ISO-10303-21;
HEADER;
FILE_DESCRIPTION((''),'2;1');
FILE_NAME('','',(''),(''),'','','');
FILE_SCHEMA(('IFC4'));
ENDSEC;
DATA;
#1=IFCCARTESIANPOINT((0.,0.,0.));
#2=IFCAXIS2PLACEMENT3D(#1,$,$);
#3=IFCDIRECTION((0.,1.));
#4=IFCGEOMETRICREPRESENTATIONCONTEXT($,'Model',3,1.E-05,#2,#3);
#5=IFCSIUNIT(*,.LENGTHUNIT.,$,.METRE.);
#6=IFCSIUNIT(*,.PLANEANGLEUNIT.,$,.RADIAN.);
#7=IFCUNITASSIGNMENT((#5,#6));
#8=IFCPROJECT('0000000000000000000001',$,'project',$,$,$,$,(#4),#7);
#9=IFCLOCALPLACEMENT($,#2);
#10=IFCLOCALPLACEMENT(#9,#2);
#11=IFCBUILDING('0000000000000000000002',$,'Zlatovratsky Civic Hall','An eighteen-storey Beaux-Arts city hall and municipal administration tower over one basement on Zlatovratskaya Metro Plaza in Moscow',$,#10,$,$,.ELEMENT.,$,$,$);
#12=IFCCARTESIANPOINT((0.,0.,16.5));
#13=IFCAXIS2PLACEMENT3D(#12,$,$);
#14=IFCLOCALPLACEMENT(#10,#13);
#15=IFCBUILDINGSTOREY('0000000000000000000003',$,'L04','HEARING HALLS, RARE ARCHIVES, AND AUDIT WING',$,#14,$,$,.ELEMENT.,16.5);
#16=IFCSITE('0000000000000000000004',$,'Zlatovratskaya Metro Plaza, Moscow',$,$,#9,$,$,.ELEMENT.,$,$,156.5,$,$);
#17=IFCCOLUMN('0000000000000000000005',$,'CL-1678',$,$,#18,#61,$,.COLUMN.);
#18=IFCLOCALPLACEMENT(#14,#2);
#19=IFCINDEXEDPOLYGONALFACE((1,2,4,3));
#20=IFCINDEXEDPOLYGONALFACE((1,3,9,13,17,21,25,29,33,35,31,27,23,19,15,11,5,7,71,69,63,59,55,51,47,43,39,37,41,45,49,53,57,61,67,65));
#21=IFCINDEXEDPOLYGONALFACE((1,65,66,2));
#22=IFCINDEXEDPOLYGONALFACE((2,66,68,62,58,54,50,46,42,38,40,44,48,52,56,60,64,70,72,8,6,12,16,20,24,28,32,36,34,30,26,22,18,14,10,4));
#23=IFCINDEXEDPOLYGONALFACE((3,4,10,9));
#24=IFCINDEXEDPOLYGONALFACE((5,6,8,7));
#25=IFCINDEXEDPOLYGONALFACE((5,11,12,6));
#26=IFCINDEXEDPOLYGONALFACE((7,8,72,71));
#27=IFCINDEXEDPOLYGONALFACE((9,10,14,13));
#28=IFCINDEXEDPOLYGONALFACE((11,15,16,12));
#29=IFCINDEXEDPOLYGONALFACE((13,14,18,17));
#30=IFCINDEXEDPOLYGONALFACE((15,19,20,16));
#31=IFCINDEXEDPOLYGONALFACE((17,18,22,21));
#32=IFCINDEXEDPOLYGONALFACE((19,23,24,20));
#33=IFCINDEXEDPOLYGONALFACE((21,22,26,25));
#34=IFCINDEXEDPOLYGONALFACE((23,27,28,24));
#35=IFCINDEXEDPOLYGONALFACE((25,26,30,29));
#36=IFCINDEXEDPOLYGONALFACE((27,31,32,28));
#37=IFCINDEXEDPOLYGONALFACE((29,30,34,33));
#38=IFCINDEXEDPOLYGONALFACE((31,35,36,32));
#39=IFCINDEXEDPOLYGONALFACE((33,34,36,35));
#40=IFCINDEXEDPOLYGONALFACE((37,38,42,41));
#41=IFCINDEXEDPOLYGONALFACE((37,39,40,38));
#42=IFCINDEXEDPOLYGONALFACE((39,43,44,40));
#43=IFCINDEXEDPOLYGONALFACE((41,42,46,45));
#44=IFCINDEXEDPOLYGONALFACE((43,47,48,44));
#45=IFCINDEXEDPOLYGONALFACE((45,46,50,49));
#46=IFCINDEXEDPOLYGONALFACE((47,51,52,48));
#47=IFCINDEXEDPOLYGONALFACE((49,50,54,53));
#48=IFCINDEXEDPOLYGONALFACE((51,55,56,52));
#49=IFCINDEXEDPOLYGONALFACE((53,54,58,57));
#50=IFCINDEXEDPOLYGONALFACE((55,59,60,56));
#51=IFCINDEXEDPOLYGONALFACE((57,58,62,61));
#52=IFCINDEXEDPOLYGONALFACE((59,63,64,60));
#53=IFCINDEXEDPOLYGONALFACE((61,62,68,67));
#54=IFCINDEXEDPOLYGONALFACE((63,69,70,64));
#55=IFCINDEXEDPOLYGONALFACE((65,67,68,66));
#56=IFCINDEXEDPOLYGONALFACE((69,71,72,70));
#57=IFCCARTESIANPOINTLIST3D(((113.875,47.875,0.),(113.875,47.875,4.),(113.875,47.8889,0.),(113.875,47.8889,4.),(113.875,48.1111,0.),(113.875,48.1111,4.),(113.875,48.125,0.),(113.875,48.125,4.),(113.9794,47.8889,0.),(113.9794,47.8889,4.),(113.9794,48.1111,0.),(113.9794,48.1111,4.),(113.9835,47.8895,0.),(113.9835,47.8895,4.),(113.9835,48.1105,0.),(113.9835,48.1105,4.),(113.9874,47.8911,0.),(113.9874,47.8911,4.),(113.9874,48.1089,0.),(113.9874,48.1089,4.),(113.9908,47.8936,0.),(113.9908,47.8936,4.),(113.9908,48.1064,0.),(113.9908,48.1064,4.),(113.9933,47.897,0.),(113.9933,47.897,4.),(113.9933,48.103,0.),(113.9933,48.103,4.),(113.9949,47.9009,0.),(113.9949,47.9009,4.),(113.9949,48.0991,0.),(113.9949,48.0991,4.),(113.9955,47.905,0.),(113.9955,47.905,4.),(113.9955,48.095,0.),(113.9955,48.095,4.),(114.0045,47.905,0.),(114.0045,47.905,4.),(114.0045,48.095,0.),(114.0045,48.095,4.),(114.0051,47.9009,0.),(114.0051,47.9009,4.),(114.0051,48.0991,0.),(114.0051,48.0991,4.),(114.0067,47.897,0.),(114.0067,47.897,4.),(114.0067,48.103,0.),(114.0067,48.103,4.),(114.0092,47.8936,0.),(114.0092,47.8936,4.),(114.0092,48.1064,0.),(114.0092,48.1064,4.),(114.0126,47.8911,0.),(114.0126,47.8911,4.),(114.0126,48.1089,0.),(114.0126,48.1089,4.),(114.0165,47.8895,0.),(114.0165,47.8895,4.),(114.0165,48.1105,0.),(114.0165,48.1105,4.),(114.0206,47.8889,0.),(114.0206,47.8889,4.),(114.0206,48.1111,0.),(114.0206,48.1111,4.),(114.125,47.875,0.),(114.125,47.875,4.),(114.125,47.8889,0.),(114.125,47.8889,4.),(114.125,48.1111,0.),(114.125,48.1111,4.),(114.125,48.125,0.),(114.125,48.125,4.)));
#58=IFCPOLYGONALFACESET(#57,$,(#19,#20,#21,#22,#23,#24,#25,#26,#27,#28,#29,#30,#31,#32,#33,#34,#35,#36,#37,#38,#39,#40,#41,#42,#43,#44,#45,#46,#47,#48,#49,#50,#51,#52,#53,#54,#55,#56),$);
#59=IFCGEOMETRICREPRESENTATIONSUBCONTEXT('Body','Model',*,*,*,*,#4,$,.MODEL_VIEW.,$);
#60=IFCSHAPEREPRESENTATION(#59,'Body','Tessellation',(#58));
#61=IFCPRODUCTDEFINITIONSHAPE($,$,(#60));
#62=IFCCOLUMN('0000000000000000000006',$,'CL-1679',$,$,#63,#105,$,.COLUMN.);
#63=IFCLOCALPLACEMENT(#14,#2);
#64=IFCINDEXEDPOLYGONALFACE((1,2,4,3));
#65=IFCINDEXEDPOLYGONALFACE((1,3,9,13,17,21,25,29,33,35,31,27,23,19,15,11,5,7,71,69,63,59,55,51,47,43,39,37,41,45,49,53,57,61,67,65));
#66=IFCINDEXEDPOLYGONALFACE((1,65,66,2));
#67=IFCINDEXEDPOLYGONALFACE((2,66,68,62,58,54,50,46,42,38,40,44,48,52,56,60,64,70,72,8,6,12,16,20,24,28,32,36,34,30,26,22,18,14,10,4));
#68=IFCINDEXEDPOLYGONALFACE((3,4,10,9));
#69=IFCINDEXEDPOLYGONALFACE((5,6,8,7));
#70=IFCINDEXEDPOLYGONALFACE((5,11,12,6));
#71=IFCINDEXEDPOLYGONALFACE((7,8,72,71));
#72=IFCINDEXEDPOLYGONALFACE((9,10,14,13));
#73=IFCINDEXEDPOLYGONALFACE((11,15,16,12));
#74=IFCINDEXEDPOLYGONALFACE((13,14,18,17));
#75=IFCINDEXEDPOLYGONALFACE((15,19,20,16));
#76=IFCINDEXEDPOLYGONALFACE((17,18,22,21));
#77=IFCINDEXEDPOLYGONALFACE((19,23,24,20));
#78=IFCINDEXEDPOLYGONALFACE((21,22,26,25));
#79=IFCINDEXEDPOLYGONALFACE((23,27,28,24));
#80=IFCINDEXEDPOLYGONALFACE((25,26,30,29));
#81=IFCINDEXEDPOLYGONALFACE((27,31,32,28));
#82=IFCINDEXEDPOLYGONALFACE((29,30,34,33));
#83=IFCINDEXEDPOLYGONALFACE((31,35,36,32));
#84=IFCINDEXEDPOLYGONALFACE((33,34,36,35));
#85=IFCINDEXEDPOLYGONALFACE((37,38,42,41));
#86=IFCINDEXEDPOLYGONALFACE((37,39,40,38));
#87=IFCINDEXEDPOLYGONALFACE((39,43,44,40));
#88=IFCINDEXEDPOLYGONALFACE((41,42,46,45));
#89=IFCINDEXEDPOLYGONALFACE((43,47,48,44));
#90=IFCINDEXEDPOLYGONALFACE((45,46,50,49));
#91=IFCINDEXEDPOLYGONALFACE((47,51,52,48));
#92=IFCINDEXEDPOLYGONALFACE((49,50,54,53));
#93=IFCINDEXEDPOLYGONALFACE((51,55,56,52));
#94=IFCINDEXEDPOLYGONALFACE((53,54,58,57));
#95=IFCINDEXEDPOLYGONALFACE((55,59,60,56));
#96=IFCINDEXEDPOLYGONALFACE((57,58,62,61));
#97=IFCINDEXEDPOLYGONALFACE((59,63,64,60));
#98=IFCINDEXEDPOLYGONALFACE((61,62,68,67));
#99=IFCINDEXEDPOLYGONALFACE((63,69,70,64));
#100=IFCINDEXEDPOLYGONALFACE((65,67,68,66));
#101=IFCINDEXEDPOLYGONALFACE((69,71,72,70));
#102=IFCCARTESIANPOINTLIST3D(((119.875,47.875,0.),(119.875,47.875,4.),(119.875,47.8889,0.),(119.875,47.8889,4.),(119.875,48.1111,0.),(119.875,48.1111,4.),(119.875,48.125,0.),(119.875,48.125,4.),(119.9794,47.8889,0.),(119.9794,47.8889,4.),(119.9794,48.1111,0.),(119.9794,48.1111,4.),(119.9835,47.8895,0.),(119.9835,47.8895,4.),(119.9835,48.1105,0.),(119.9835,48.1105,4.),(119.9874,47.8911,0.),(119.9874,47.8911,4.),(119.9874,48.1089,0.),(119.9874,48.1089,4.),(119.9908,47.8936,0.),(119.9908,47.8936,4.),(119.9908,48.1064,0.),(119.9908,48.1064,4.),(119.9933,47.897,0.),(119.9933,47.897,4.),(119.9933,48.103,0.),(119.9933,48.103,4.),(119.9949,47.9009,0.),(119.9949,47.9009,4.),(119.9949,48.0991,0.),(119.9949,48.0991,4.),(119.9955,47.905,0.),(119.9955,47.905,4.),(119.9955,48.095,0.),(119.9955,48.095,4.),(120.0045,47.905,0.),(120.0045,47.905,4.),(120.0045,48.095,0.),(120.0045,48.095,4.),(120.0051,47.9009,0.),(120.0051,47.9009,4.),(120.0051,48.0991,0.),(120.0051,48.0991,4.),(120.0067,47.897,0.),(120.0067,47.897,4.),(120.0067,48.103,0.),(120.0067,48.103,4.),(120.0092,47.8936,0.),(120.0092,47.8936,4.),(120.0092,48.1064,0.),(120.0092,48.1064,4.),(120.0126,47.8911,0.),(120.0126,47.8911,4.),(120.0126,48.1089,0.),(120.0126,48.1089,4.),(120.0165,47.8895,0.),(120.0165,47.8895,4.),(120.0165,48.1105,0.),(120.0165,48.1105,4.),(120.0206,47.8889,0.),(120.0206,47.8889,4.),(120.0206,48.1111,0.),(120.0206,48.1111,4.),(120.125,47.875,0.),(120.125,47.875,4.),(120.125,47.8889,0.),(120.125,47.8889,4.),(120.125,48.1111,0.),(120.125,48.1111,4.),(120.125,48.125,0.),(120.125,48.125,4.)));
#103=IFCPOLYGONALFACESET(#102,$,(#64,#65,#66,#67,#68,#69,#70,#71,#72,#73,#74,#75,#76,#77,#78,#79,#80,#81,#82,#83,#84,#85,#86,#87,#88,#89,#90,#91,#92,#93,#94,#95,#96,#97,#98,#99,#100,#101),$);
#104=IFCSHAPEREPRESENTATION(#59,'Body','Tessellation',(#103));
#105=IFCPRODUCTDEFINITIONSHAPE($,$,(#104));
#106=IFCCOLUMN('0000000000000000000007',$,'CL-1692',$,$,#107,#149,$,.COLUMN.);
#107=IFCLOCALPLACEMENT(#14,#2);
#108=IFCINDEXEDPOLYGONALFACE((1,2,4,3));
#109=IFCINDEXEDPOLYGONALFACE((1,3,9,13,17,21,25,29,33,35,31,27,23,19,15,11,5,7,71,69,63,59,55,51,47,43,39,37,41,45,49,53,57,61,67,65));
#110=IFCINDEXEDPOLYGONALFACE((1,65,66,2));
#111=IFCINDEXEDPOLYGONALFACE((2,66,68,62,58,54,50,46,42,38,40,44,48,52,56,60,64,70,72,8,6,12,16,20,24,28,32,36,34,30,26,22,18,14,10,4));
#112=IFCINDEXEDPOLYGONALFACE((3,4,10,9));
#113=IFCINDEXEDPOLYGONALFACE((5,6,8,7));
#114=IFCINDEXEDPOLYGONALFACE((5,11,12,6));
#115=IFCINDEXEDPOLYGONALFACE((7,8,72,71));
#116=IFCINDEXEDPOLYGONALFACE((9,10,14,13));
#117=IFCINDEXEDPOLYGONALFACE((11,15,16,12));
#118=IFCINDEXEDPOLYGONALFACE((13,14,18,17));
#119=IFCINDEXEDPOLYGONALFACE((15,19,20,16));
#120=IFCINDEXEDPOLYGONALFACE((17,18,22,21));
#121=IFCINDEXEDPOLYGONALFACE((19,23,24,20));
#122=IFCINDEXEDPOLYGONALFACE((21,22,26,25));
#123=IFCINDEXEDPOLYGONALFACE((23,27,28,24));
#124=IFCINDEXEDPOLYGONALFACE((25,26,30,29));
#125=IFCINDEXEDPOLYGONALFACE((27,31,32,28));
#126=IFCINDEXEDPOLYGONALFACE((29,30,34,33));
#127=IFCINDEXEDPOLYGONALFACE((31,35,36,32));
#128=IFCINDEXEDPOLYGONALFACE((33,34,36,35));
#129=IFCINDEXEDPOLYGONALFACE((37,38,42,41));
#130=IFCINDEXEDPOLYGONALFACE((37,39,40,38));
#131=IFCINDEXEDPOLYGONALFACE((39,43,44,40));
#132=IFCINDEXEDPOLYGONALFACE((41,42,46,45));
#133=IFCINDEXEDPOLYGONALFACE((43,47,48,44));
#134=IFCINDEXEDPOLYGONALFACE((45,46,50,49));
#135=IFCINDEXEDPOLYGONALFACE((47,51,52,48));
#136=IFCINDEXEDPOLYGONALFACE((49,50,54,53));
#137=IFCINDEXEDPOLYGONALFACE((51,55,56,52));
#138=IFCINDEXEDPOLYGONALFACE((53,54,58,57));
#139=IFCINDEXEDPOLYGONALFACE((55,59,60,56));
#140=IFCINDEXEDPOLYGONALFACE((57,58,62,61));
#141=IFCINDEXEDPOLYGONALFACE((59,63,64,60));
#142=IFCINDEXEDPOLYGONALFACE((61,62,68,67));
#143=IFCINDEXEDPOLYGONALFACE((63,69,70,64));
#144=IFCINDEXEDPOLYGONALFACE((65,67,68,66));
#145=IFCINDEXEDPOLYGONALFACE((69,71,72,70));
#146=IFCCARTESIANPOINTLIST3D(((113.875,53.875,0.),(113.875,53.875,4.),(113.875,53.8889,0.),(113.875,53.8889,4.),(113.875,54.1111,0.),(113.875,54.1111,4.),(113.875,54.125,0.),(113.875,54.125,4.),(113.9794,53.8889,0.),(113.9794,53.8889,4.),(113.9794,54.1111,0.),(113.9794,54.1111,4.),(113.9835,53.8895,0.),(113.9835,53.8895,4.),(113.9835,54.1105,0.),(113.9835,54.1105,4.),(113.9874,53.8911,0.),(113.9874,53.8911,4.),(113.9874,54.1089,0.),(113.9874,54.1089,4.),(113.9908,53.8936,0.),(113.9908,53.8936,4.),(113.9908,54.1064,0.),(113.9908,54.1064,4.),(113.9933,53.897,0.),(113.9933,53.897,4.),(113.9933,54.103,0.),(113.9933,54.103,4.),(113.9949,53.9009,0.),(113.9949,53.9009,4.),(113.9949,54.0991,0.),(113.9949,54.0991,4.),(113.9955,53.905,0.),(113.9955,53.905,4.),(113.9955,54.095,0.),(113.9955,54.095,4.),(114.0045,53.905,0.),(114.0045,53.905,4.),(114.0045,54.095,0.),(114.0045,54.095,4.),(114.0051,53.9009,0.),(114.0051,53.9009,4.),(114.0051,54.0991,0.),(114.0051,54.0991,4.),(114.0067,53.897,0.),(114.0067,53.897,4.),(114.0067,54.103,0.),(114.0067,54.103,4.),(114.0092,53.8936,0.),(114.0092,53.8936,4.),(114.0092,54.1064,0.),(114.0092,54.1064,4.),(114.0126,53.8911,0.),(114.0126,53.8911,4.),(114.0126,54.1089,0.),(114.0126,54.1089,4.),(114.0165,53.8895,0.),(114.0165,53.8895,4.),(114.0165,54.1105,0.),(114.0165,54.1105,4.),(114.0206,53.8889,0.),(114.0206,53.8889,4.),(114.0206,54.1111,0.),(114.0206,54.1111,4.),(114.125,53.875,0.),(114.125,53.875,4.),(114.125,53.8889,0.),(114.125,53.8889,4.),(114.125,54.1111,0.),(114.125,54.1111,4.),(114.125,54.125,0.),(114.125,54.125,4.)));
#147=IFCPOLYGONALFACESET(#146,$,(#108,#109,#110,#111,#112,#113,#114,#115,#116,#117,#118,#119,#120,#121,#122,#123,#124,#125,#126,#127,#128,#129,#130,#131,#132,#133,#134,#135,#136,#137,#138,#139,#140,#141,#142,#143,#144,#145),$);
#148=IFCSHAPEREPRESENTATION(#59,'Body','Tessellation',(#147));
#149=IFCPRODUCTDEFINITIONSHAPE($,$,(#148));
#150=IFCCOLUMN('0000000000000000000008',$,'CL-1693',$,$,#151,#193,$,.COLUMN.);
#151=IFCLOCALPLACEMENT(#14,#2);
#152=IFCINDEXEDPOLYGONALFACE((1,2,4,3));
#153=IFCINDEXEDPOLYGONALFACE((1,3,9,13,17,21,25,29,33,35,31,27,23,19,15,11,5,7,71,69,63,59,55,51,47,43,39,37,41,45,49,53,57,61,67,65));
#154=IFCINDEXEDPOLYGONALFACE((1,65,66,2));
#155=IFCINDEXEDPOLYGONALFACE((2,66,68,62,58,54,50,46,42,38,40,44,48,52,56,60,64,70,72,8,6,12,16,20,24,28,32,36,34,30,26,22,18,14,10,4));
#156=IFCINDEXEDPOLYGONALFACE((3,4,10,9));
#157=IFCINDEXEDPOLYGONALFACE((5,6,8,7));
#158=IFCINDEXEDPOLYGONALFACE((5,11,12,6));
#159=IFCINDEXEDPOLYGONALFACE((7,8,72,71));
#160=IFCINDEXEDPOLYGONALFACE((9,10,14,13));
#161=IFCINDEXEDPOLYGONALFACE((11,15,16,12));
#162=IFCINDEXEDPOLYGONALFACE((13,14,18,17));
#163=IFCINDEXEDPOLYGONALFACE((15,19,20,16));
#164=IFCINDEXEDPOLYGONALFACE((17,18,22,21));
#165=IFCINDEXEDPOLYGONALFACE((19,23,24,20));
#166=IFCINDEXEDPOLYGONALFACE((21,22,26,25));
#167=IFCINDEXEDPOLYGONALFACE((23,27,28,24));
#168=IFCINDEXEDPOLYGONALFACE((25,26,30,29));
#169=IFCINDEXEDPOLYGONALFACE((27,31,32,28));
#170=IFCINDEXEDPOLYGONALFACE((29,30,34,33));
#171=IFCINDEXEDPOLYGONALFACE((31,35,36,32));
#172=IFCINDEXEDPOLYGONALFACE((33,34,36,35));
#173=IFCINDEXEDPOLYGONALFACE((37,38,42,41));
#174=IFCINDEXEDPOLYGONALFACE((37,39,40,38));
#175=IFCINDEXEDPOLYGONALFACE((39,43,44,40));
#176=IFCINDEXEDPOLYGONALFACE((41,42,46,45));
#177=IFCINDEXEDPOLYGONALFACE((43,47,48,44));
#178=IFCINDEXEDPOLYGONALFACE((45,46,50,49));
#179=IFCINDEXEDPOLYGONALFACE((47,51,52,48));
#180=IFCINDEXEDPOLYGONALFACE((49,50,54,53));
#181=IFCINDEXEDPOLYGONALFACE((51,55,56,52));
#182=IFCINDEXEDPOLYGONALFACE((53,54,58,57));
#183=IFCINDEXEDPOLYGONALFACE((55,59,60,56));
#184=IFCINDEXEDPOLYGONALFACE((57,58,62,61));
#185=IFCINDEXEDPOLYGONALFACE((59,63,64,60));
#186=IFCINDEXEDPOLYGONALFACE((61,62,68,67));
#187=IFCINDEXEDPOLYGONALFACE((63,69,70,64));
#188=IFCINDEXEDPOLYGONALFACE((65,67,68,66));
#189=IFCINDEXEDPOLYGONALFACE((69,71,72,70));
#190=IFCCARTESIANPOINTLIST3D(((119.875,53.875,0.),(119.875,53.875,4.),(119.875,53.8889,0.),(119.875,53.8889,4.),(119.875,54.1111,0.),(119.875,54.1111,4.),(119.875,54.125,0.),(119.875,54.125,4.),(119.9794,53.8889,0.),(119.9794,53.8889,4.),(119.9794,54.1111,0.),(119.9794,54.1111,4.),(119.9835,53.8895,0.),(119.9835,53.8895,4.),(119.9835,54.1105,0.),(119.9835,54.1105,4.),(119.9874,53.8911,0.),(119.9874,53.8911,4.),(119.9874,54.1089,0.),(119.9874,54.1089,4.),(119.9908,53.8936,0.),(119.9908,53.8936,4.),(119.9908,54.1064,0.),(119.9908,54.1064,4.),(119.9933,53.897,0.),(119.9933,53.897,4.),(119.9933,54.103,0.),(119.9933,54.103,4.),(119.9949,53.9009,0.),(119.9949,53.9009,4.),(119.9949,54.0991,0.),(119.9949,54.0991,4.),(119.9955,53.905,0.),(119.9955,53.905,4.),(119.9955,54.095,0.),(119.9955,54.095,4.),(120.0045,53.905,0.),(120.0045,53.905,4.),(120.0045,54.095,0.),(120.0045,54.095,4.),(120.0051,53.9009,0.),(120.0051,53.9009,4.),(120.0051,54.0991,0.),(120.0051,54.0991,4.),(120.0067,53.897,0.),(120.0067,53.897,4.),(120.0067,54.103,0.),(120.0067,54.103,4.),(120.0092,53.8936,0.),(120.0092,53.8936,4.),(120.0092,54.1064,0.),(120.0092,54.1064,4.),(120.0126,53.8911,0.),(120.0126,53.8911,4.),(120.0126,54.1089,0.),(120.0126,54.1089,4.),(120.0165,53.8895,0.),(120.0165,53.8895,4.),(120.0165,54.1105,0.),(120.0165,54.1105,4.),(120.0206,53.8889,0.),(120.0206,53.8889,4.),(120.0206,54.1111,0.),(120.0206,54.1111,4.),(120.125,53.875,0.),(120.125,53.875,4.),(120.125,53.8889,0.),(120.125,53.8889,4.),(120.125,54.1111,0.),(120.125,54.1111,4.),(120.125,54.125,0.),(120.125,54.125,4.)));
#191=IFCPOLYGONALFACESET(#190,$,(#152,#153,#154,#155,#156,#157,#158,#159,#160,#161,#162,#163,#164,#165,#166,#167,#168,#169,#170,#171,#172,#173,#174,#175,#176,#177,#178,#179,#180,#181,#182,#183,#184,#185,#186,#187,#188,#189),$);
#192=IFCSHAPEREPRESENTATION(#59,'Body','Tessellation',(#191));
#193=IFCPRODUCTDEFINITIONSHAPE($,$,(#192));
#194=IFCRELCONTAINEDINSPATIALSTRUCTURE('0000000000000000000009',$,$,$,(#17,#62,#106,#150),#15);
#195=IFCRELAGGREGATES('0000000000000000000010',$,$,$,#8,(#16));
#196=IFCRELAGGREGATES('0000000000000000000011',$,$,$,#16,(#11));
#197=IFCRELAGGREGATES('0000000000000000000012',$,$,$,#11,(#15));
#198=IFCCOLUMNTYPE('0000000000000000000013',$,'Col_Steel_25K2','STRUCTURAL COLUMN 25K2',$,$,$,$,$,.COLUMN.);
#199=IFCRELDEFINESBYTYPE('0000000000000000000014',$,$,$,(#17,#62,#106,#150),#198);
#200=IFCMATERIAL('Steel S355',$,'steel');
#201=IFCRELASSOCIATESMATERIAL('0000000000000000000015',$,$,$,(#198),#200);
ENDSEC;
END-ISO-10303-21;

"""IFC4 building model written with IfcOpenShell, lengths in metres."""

from ifc_helpers import new_model, si_unit, direction, frame, origin, origin_2d, place, context, subcontext, project, spatial, i_section, extrude, material, material_profile, profile_set, type_object, element, save


model = new_model("IFC4")

# Units and contexts
model_context = context("Model", 3, precision=1e-05, world=origin(), true_north=direction((0.0, 1.0)))
body_context = subcontext(model_context, "Body", "Model", "MODEL_VIEW")
ifc_project = project(units=[si_unit("LENGTHUNIT", "METRE"), si_unit("PLANEANGLEUNIT", "RADIAN")], contexts=[model_context])

# Site, building, storey
site_placement = place(None, origin())
site = spatial("IfcSite", under=ifc_project, at=site_placement, Name="Zlatovratskaya Metro Plaza, Moscow", CompositionType="ELEMENT", RefElevation=156.5)
building_placement = place(site_placement, origin())
building = spatial("IfcBuilding", under=site, at=building_placement, Name="Zlatovratsky Civic Hall", Description="An eighteen-storey Beaux-Arts city hall and municipal administration tower over one basement on Zlatovratskaya Metro Plaza in Moscow", CompositionType="ELEMENT")
storey_placement = place(building_placement, frame((0.0, 0.0, 16.5)))
storey = spatial("IfcBuildingStorey", under=building, at=storey_placement, Name="L04", Description="HEARING HALLS, RARE ARCHIVES, AND AUDIT WING", CompositionType="ELEMENT", Elevation=16.5)

# Columns
ifc_material_1 = material(Name="Steel S355", Category="steel")
ifc_material_profile_1 = material_profile(ifc_material_1, i_section(OverallWidth=0.25, OverallDepth=0.25, WebThickness=0.009, FlangeThickness=0.0139, FilletRadius=0.0161, at=origin_2d()), Name="25K2")
ifc_profile_set_1 = profile_set([ifc_material_profile_1], Name="Steel S355")
column_type = type_object("IfcColumnType", Name="Col_Steel_25K2", Description="STRUCTURAL COLUMN 25K2", PredefinedType="COLUMN", material=ifc_profile_set_1)
for number, where, z_axis, x_axis, name in (
    (1, (114.0, 48.0, 0.0), (0.0, 0.0, 1.0), (1.0, 0.0, 0.0), "CL-1678"),
    (2, (120.0, 48.0, 0.0), (0.0, 0.0, 1.0), (1.0, 0.0, 0.0), "CL-1679"),
    (3, (114.0, 54.0, 0.0), (0.0, 0.0, 1.0), (1.0, 0.0, 0.0), "CL-1692"),
    (4, (120.0, 54.0, 0.0), (0.0, 0.0, 1.0), (1.0, 0.0, 0.0), "CL-1693"),
):
    element("IfcColumn", number, at=place(storey_placement, frame(where, z_axis=z_axis, x_axis=x_axis)), inside=storey, type_object=column_type, Name=name, PredefinedType="COLUMN", context=body_context, shape_type="SweptSolid", body=[
        extrude(i_section(OverallWidth=0.25, OverallDepth=0.25, WebThickness=0.009, FlangeThickness=0.0139, FilletRadius=0.0161, at=origin_2d()), origin(), (0.0, 0.0, 1.0), 4.0),
    ])

save(model, "model.ifc")
